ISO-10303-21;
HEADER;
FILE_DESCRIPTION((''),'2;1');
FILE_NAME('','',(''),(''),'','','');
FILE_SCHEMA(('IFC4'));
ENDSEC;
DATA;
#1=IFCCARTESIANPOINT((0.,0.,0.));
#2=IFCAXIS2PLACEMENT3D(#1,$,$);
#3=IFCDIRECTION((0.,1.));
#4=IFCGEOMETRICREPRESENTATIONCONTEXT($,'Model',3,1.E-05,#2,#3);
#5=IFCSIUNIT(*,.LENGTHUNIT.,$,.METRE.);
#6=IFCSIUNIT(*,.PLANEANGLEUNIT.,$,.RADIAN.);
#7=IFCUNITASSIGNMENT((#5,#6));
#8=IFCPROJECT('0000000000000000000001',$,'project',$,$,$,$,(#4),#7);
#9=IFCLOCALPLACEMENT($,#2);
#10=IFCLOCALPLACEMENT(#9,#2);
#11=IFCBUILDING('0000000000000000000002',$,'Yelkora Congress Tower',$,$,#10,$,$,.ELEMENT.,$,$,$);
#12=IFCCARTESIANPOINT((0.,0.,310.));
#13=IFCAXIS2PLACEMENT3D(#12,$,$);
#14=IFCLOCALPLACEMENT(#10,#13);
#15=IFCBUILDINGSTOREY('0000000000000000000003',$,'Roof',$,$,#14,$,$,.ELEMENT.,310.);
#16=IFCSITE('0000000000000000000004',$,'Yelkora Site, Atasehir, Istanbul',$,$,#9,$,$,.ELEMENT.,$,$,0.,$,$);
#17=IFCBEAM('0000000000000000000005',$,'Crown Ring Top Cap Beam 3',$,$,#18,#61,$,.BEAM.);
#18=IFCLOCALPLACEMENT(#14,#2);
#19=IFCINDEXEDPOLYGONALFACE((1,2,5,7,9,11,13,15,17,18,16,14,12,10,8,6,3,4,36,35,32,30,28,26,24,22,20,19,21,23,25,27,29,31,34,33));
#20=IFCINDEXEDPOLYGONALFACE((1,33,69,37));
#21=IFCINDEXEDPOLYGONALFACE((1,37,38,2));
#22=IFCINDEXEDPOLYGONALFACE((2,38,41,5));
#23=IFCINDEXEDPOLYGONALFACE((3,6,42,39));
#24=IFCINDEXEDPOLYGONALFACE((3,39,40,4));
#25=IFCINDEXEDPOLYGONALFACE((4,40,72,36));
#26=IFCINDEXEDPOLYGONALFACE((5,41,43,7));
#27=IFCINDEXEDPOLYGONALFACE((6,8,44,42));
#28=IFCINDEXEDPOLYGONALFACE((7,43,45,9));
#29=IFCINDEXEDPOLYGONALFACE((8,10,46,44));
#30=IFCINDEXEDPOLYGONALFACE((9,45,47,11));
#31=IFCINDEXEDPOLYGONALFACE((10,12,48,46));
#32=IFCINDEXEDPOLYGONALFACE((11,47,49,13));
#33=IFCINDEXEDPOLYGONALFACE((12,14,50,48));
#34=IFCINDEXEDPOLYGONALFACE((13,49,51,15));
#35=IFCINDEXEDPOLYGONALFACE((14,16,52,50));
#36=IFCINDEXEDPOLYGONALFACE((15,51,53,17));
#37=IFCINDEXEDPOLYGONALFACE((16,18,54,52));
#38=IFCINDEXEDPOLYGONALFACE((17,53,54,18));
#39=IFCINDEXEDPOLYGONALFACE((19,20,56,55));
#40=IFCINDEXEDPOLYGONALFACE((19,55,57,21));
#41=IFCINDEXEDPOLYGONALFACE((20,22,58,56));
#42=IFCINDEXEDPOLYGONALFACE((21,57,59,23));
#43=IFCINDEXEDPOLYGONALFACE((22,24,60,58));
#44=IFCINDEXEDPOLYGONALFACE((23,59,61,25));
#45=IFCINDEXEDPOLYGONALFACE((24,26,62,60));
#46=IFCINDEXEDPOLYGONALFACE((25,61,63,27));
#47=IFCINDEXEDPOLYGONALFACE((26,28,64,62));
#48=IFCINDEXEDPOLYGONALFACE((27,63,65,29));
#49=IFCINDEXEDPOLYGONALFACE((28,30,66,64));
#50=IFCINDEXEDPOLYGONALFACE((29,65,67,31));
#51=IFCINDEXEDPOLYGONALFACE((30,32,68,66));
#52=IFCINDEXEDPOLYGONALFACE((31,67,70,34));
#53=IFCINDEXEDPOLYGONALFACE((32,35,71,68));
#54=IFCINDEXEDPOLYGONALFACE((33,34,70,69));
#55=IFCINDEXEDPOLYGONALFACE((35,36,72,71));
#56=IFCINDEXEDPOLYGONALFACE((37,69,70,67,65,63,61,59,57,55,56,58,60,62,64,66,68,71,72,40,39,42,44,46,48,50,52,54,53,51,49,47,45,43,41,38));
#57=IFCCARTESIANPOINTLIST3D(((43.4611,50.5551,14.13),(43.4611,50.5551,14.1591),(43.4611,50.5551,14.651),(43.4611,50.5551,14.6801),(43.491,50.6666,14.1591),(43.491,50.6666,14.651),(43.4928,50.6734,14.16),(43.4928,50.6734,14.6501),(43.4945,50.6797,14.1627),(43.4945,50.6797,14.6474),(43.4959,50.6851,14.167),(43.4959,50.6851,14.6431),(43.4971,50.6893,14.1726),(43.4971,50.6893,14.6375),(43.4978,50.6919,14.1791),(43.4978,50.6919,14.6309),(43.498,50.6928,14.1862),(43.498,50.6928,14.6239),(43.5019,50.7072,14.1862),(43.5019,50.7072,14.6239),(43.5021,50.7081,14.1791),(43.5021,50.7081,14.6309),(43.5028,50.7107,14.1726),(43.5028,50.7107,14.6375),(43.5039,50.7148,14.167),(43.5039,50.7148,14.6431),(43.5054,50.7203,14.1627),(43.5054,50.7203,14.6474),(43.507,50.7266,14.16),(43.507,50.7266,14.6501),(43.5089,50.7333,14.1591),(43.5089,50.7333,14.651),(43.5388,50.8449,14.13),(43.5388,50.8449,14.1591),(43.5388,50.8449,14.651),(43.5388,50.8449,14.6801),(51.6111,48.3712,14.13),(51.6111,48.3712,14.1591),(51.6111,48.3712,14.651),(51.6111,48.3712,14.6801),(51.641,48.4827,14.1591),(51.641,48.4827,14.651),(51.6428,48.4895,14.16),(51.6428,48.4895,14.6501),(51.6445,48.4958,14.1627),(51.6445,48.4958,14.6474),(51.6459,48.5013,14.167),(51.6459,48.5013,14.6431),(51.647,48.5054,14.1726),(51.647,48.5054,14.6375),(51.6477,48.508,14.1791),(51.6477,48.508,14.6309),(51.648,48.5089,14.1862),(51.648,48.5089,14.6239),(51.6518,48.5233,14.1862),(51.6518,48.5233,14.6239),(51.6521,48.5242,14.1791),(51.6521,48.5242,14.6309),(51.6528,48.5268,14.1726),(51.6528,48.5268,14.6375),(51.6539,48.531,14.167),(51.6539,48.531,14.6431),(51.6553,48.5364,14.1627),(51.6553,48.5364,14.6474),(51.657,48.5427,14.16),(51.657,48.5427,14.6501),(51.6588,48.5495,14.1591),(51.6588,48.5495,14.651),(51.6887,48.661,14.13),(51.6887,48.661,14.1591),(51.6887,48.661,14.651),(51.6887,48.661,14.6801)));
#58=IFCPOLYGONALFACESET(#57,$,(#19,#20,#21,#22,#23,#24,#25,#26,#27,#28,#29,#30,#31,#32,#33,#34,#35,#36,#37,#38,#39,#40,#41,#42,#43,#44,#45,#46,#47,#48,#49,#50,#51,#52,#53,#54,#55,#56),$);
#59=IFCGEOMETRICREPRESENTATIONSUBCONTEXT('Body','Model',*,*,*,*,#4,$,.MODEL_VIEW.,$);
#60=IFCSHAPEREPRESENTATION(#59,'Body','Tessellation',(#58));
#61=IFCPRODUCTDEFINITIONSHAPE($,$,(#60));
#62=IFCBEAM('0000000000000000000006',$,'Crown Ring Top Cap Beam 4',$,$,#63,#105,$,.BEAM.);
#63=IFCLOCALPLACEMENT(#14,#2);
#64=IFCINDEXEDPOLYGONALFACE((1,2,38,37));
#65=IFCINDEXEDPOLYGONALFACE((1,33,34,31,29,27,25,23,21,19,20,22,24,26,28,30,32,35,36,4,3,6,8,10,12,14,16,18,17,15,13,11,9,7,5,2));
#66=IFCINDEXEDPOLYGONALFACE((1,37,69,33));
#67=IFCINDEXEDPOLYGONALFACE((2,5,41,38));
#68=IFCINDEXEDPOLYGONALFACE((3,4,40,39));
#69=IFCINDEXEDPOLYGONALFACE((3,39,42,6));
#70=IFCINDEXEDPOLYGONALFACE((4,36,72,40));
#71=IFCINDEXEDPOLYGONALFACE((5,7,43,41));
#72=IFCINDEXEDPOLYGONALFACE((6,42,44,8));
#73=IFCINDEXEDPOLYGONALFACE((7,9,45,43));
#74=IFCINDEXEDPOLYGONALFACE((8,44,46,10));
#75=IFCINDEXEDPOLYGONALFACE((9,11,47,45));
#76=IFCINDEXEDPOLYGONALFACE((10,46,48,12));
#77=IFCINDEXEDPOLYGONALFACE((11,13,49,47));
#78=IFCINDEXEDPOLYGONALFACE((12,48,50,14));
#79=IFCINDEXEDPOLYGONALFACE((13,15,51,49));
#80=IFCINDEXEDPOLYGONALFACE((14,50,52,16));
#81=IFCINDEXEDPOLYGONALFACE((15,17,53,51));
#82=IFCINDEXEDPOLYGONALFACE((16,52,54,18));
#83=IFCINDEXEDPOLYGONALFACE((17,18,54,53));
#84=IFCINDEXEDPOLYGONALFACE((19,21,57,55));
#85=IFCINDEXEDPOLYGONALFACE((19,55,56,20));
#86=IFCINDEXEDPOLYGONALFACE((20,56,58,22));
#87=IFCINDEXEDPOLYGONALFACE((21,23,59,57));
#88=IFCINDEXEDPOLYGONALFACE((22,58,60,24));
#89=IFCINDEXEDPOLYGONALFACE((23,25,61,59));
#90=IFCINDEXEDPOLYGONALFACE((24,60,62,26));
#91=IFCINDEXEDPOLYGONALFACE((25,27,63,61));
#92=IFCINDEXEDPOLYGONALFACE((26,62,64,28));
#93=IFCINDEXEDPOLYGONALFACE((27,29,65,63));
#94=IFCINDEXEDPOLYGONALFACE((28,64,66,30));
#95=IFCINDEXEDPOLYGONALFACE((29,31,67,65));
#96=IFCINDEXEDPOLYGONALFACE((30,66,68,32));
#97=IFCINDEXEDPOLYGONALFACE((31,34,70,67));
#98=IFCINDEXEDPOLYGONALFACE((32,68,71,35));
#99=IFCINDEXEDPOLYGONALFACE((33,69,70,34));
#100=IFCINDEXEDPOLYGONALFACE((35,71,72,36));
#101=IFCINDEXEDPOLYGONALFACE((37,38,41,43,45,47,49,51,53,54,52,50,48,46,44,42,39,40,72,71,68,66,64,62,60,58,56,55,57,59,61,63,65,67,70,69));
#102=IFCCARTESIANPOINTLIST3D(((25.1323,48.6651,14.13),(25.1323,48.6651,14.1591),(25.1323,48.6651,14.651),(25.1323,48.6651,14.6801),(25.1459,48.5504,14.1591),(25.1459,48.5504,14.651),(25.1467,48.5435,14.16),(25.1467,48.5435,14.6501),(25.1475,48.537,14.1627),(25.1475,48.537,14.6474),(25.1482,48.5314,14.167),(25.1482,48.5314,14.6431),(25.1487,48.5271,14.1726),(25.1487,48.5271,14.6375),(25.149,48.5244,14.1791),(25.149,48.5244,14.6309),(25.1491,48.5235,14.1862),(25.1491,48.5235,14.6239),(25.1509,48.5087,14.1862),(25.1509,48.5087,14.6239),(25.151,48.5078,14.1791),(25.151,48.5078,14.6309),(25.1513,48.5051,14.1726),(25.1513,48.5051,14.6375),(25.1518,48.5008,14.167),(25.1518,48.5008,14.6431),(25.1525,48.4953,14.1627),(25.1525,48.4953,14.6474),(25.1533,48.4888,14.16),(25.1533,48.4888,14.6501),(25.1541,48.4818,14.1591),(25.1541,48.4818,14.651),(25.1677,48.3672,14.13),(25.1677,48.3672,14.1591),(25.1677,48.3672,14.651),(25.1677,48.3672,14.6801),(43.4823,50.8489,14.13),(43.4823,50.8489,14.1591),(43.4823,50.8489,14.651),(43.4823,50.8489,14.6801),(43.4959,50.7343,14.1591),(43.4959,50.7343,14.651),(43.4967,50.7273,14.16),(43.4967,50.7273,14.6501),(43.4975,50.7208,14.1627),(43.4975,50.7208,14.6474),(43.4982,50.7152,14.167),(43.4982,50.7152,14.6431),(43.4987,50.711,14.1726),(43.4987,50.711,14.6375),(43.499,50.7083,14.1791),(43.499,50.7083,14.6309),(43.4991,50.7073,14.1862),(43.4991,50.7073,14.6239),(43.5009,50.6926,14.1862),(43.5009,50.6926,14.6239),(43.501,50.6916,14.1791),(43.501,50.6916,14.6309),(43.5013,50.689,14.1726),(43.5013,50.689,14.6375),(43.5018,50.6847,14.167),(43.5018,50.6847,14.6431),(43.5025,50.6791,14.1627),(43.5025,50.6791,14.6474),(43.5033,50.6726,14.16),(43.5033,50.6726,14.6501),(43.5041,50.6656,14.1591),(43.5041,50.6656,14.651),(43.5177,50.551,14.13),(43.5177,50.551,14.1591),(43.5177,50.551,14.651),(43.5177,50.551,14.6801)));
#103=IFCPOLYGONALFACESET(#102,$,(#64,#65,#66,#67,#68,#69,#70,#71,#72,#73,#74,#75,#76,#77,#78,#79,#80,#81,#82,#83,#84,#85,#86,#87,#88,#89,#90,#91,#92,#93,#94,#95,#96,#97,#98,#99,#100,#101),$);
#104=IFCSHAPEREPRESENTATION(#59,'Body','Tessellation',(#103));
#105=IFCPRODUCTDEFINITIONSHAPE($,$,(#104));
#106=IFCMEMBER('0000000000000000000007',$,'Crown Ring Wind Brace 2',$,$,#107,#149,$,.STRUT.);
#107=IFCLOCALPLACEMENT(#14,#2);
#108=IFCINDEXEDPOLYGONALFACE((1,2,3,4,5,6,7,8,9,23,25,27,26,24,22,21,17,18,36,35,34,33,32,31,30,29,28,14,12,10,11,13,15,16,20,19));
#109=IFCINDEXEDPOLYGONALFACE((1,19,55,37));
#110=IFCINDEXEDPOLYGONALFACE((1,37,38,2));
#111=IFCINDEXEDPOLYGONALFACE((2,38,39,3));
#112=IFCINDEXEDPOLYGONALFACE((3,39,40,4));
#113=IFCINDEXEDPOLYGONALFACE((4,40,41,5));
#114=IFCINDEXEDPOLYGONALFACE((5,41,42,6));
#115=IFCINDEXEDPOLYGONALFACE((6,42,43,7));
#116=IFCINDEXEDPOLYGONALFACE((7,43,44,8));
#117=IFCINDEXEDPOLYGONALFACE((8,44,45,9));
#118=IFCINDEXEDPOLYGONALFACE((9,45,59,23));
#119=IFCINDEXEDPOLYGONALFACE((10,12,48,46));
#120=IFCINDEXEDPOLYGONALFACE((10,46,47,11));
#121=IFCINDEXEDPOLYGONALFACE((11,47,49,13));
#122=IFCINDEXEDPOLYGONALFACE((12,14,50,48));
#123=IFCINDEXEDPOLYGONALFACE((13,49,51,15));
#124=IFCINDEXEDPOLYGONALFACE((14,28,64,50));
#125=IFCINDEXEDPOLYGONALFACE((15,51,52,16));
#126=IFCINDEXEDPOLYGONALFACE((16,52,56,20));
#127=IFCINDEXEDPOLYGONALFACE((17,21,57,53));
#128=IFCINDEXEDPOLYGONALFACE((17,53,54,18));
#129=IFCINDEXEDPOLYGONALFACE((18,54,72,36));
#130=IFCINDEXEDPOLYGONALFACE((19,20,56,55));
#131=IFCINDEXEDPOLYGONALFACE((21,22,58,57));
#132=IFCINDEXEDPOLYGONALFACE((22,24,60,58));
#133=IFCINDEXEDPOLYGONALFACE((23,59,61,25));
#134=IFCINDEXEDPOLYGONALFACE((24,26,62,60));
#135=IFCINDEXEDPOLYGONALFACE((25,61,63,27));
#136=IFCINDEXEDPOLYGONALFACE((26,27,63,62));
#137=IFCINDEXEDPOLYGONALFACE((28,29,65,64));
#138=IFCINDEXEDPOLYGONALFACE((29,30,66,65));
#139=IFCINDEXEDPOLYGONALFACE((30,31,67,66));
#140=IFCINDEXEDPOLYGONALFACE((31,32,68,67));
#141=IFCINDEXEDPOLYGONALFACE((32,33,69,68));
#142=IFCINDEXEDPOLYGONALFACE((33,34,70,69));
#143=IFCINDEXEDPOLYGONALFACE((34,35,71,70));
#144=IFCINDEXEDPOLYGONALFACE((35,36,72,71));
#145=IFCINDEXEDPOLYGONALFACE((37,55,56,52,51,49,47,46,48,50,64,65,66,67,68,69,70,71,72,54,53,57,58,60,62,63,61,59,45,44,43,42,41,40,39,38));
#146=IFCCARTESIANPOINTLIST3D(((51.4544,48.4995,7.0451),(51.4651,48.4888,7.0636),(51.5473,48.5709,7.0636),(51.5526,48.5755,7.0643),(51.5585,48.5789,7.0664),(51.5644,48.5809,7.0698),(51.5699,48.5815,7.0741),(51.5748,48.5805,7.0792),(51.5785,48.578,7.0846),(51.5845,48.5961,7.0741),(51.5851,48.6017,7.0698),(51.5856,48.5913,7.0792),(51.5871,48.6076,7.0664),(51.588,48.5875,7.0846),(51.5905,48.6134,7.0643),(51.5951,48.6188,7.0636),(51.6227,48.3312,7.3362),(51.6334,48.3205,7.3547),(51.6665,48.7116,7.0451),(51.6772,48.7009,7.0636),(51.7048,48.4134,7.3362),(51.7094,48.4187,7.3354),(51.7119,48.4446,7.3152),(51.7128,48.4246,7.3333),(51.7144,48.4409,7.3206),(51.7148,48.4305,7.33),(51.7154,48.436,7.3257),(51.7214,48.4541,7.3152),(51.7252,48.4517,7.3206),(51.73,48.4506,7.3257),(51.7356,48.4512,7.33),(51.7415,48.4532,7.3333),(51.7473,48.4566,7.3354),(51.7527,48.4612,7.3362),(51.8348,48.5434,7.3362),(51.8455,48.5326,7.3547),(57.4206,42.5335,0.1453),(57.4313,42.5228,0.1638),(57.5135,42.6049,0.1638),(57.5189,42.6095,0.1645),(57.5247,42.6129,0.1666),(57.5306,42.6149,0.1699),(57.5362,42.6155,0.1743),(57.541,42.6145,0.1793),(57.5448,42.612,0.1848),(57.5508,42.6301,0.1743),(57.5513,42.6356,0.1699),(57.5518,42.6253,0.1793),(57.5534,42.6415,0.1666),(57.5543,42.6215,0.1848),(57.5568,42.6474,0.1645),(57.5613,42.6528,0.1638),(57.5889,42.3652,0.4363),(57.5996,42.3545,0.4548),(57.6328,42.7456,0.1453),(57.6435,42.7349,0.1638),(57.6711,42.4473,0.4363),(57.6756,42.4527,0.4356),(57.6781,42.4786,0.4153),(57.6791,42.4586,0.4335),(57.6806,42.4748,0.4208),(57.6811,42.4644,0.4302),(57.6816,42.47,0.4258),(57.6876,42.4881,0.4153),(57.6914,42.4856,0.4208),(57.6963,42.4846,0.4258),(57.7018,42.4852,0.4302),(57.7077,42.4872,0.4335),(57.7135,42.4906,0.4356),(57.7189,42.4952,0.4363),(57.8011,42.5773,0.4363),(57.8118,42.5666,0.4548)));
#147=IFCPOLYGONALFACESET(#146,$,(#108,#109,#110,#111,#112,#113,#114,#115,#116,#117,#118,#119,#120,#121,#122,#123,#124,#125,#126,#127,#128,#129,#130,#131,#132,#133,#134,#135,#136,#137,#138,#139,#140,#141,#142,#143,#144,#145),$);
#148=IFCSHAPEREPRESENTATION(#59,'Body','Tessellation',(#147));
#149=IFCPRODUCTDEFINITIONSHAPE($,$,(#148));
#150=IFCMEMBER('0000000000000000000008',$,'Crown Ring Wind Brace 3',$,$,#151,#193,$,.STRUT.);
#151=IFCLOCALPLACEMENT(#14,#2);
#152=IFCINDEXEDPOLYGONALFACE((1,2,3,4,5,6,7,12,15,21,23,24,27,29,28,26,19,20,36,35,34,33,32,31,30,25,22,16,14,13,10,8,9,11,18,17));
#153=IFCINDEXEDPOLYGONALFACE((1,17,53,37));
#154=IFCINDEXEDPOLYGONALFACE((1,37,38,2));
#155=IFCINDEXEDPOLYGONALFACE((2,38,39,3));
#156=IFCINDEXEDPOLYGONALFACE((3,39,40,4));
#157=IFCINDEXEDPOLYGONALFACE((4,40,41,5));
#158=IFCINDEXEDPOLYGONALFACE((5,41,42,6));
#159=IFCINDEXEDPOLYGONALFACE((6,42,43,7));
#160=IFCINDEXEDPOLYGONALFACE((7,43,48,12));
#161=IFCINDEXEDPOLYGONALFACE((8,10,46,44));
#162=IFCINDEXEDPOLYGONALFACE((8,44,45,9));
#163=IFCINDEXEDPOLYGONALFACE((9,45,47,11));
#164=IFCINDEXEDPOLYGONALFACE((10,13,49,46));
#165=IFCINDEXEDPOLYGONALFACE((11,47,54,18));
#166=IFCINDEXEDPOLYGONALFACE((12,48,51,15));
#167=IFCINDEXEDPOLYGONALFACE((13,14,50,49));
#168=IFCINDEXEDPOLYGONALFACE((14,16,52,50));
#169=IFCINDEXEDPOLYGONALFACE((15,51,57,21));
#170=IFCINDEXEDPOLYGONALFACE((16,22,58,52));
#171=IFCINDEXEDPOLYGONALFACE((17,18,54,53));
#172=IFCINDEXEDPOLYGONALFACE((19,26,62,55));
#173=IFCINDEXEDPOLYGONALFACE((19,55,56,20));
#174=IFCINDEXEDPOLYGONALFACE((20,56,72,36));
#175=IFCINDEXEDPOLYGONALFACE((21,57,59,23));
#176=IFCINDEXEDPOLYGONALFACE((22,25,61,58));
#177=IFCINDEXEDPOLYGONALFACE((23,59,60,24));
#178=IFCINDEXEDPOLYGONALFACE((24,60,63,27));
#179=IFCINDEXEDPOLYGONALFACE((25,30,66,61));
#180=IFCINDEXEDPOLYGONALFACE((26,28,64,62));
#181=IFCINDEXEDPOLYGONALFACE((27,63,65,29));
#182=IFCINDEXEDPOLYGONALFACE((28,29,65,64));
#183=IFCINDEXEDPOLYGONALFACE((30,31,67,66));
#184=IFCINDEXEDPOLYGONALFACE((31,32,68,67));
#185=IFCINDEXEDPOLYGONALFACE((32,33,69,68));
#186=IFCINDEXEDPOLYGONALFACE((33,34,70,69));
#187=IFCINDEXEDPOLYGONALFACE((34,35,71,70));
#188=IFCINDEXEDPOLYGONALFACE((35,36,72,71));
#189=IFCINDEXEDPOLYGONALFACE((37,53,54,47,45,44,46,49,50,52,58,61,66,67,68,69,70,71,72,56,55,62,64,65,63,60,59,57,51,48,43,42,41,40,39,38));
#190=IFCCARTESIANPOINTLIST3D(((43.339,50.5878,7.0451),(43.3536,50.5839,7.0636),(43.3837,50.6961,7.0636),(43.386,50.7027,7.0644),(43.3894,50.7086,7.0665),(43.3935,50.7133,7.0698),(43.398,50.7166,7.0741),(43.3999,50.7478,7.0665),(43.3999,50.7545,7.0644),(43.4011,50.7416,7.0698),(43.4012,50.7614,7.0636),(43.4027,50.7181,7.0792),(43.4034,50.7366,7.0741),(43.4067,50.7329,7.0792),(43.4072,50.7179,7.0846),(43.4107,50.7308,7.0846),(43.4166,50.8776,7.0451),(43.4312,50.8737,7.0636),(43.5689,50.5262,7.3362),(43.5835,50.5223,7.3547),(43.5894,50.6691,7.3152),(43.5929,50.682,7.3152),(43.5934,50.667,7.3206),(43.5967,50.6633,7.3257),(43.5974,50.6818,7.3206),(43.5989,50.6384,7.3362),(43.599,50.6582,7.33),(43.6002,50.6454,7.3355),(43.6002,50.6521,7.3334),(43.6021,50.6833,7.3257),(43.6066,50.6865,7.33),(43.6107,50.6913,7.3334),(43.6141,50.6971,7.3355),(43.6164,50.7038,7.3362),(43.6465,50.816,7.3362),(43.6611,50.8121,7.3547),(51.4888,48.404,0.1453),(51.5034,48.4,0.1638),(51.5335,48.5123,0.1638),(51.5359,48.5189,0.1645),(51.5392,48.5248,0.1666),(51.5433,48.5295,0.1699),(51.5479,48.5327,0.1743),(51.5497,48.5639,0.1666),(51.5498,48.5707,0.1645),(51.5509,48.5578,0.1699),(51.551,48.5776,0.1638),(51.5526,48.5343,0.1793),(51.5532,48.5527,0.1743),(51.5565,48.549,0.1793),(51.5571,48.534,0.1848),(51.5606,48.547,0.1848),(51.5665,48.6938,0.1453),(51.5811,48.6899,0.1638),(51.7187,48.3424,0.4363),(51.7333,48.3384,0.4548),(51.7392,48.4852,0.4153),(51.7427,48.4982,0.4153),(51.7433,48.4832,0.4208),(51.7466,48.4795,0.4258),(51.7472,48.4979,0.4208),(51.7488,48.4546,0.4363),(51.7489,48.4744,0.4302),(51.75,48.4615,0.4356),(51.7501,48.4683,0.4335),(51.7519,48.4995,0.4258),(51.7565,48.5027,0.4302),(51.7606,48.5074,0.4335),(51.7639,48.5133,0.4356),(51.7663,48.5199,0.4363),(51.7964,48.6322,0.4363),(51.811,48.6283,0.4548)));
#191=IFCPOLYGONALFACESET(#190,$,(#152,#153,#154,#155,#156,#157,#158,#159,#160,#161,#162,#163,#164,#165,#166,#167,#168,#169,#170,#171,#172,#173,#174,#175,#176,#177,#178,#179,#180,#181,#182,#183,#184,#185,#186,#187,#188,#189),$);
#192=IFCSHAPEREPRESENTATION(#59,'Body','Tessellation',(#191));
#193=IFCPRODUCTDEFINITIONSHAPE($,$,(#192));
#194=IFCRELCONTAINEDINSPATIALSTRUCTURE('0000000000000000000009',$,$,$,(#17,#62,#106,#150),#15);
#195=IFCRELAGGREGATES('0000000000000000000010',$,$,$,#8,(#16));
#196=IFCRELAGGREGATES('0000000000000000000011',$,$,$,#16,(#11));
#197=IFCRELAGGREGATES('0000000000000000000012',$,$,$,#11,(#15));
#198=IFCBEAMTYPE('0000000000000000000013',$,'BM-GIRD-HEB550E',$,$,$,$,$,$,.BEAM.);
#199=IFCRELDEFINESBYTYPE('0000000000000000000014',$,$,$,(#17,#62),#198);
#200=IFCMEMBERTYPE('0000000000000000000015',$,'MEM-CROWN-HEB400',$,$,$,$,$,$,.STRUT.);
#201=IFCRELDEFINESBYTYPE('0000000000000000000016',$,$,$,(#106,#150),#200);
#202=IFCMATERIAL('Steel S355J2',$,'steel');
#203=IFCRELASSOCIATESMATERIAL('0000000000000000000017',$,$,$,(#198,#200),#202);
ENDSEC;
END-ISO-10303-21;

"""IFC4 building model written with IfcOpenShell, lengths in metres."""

from ifc_helpers import new_model, si_unit, direction, frame, origin, origin_2d, place, context, subcontext, project, spatial, i_section, extrude, material, material_profile, profile_set, type_object, element, save


model = new_model("IFC4")

# Units and contexts
model_context = context("Model", 3, precision=1e-05, world=origin(), true_north=direction((0.0, 1.0)))
body_context = subcontext(model_context, "Body", "Model", "MODEL_VIEW")
ifc_project = project(units=[si_unit("LENGTHUNIT", "METRE"), si_unit("PLANEANGLEUNIT", "RADIAN")], contexts=[model_context])

# Site, building, storey
site_placement = place(None, origin())
site = spatial("IfcSite", under=ifc_project, at=site_placement, Name="Yelkora Site, Atasehir, Istanbul", CompositionType="ELEMENT", RefElevation=0.0)
building_placement = place(site_placement, origin())
building = spatial("IfcBuilding", under=site, at=building_placement, Name="Yelkora Congress Tower", CompositionType="ELEMENT")
storey_placement = place(building_placement, frame((0.0, 0.0, 310.0)))
storey = spatial("IfcBuildingStorey", under=building, at=storey_placement, Name="Roof", CompositionType="ELEMENT", Elevation=310.0)

# Shared definitions
ifc_material_1 = material(Name="Steel S355J2", Category="steel")

# Beams
ifc_material_profile_1 = material_profile(ifc_material_1, i_section(OverallWidth=0.3, OverallDepth=0.55, WebThickness=0.0149, FlangeThickness=0.0291, FilletRadius=0.0271, at=origin_2d()), Name="HEB 550")
ifc_profile_set_1 = profile_set([ifc_material_profile_1], Name="Steel S355J2")
beam_type_1 = type_object("IfcBeamType", Name="BM-GIRD-HEB550E", PredefinedType="BEAM", material=ifc_profile_set_1)
for number, where, z_axis, x_axis, name in (
    (1, (51.6499, 48.5161, 14.405), (-0.965924, 0.258828, 0.0), (-0.258828, -0.965924, 0.0), "Crown Ring Top Cap Beam 3"),
):
    element("IfcBeam", number, at=place(storey_placement, frame(where, z_axis=z_axis, x_axis=x_axis)), inside=storey, type_object=beam_type_1, Name=name, PredefinedType="BEAM", context=body_context, shape_type="SweptSolid", body=[
        extrude(i_section(OverallWidth=0.3, OverallDepth=0.55, WebThickness=0.0149, FlangeThickness=0.0291, FilletRadius=0.0271, at=origin_2d()), origin(), (0.0, 0.0, 1.0), 8.4375),
    ])
beam_1_placement = place(storey_placement, frame((43.5, 50.7, 14.405), z_axis=(-0.992993, -0.118176, 0.0), x_axis=(0.118176, -0.992993, 0.0)))
element("IfcBeam", 2, at=beam_1_placement, inside=storey, type_object=beam_type_1, Name="Crown Ring Top Cap Beam 4", PredefinedType="BEAM", context=body_context, shape_type="SweptSolid", body=[
    extrude(i_section(OverallWidth=0.3, OverallDepth=0.55, WebThickness=0.0149, FlangeThickness=0.0291, FilletRadius=0.0271, at=origin_2d()), origin(), (0.0, 0.0, 1.0), 18.4795),
])

# Members
ifc_material_profile_2 = material_profile(ifc_material_1, i_section(OverallWidth=0.3, OverallDepth=0.3999, WebThickness=0.0134, FlangeThickness=0.0239, FilletRadius=0.0271, at=origin_2d()), Name="HEB 400")
ifc_profile_set_2 = profile_set([ifc_material_profile_2], Name="Steel S355J2")
member_type = type_object("IfcMemberType", Name="MEM-CROWN-HEB400", PredefinedType="STRUT", material=ifc_profile_set_2)
for number, where, z_axis, x_axis, name in (
    (3, (57.6162, 42.55, 0.3), (-0.547392, 0.54737, 0.633047), (-0.707092, -0.707121, 0.0), "Crown Ring Wind Brace 2"),
    (4, (51.6499, 48.5161, 0.3), (-0.747733, 0.200362, 0.633049), (-0.258828, -0.965924, 0.0), "Crown Ring Wind Brace 3"),
):
    element("IfcMember", number, at=place(storey_placement, frame(where, z_axis=z_axis, x_axis=x_axis)), inside=storey, type_object=member_type, Name=name, PredefinedType="STRUT", context=body_context, shape_type="SweptSolid", body=[
        extrude(i_section(OverallWidth=0.3, OverallDepth=0.3999, WebThickness=0.0134, FlangeThickness=0.0239, FilletRadius=0.0271, at=origin_2d()), origin(), (0.0, 0.0, 1.0), 10.8994),
    ])

save(model, "model.ifc")
